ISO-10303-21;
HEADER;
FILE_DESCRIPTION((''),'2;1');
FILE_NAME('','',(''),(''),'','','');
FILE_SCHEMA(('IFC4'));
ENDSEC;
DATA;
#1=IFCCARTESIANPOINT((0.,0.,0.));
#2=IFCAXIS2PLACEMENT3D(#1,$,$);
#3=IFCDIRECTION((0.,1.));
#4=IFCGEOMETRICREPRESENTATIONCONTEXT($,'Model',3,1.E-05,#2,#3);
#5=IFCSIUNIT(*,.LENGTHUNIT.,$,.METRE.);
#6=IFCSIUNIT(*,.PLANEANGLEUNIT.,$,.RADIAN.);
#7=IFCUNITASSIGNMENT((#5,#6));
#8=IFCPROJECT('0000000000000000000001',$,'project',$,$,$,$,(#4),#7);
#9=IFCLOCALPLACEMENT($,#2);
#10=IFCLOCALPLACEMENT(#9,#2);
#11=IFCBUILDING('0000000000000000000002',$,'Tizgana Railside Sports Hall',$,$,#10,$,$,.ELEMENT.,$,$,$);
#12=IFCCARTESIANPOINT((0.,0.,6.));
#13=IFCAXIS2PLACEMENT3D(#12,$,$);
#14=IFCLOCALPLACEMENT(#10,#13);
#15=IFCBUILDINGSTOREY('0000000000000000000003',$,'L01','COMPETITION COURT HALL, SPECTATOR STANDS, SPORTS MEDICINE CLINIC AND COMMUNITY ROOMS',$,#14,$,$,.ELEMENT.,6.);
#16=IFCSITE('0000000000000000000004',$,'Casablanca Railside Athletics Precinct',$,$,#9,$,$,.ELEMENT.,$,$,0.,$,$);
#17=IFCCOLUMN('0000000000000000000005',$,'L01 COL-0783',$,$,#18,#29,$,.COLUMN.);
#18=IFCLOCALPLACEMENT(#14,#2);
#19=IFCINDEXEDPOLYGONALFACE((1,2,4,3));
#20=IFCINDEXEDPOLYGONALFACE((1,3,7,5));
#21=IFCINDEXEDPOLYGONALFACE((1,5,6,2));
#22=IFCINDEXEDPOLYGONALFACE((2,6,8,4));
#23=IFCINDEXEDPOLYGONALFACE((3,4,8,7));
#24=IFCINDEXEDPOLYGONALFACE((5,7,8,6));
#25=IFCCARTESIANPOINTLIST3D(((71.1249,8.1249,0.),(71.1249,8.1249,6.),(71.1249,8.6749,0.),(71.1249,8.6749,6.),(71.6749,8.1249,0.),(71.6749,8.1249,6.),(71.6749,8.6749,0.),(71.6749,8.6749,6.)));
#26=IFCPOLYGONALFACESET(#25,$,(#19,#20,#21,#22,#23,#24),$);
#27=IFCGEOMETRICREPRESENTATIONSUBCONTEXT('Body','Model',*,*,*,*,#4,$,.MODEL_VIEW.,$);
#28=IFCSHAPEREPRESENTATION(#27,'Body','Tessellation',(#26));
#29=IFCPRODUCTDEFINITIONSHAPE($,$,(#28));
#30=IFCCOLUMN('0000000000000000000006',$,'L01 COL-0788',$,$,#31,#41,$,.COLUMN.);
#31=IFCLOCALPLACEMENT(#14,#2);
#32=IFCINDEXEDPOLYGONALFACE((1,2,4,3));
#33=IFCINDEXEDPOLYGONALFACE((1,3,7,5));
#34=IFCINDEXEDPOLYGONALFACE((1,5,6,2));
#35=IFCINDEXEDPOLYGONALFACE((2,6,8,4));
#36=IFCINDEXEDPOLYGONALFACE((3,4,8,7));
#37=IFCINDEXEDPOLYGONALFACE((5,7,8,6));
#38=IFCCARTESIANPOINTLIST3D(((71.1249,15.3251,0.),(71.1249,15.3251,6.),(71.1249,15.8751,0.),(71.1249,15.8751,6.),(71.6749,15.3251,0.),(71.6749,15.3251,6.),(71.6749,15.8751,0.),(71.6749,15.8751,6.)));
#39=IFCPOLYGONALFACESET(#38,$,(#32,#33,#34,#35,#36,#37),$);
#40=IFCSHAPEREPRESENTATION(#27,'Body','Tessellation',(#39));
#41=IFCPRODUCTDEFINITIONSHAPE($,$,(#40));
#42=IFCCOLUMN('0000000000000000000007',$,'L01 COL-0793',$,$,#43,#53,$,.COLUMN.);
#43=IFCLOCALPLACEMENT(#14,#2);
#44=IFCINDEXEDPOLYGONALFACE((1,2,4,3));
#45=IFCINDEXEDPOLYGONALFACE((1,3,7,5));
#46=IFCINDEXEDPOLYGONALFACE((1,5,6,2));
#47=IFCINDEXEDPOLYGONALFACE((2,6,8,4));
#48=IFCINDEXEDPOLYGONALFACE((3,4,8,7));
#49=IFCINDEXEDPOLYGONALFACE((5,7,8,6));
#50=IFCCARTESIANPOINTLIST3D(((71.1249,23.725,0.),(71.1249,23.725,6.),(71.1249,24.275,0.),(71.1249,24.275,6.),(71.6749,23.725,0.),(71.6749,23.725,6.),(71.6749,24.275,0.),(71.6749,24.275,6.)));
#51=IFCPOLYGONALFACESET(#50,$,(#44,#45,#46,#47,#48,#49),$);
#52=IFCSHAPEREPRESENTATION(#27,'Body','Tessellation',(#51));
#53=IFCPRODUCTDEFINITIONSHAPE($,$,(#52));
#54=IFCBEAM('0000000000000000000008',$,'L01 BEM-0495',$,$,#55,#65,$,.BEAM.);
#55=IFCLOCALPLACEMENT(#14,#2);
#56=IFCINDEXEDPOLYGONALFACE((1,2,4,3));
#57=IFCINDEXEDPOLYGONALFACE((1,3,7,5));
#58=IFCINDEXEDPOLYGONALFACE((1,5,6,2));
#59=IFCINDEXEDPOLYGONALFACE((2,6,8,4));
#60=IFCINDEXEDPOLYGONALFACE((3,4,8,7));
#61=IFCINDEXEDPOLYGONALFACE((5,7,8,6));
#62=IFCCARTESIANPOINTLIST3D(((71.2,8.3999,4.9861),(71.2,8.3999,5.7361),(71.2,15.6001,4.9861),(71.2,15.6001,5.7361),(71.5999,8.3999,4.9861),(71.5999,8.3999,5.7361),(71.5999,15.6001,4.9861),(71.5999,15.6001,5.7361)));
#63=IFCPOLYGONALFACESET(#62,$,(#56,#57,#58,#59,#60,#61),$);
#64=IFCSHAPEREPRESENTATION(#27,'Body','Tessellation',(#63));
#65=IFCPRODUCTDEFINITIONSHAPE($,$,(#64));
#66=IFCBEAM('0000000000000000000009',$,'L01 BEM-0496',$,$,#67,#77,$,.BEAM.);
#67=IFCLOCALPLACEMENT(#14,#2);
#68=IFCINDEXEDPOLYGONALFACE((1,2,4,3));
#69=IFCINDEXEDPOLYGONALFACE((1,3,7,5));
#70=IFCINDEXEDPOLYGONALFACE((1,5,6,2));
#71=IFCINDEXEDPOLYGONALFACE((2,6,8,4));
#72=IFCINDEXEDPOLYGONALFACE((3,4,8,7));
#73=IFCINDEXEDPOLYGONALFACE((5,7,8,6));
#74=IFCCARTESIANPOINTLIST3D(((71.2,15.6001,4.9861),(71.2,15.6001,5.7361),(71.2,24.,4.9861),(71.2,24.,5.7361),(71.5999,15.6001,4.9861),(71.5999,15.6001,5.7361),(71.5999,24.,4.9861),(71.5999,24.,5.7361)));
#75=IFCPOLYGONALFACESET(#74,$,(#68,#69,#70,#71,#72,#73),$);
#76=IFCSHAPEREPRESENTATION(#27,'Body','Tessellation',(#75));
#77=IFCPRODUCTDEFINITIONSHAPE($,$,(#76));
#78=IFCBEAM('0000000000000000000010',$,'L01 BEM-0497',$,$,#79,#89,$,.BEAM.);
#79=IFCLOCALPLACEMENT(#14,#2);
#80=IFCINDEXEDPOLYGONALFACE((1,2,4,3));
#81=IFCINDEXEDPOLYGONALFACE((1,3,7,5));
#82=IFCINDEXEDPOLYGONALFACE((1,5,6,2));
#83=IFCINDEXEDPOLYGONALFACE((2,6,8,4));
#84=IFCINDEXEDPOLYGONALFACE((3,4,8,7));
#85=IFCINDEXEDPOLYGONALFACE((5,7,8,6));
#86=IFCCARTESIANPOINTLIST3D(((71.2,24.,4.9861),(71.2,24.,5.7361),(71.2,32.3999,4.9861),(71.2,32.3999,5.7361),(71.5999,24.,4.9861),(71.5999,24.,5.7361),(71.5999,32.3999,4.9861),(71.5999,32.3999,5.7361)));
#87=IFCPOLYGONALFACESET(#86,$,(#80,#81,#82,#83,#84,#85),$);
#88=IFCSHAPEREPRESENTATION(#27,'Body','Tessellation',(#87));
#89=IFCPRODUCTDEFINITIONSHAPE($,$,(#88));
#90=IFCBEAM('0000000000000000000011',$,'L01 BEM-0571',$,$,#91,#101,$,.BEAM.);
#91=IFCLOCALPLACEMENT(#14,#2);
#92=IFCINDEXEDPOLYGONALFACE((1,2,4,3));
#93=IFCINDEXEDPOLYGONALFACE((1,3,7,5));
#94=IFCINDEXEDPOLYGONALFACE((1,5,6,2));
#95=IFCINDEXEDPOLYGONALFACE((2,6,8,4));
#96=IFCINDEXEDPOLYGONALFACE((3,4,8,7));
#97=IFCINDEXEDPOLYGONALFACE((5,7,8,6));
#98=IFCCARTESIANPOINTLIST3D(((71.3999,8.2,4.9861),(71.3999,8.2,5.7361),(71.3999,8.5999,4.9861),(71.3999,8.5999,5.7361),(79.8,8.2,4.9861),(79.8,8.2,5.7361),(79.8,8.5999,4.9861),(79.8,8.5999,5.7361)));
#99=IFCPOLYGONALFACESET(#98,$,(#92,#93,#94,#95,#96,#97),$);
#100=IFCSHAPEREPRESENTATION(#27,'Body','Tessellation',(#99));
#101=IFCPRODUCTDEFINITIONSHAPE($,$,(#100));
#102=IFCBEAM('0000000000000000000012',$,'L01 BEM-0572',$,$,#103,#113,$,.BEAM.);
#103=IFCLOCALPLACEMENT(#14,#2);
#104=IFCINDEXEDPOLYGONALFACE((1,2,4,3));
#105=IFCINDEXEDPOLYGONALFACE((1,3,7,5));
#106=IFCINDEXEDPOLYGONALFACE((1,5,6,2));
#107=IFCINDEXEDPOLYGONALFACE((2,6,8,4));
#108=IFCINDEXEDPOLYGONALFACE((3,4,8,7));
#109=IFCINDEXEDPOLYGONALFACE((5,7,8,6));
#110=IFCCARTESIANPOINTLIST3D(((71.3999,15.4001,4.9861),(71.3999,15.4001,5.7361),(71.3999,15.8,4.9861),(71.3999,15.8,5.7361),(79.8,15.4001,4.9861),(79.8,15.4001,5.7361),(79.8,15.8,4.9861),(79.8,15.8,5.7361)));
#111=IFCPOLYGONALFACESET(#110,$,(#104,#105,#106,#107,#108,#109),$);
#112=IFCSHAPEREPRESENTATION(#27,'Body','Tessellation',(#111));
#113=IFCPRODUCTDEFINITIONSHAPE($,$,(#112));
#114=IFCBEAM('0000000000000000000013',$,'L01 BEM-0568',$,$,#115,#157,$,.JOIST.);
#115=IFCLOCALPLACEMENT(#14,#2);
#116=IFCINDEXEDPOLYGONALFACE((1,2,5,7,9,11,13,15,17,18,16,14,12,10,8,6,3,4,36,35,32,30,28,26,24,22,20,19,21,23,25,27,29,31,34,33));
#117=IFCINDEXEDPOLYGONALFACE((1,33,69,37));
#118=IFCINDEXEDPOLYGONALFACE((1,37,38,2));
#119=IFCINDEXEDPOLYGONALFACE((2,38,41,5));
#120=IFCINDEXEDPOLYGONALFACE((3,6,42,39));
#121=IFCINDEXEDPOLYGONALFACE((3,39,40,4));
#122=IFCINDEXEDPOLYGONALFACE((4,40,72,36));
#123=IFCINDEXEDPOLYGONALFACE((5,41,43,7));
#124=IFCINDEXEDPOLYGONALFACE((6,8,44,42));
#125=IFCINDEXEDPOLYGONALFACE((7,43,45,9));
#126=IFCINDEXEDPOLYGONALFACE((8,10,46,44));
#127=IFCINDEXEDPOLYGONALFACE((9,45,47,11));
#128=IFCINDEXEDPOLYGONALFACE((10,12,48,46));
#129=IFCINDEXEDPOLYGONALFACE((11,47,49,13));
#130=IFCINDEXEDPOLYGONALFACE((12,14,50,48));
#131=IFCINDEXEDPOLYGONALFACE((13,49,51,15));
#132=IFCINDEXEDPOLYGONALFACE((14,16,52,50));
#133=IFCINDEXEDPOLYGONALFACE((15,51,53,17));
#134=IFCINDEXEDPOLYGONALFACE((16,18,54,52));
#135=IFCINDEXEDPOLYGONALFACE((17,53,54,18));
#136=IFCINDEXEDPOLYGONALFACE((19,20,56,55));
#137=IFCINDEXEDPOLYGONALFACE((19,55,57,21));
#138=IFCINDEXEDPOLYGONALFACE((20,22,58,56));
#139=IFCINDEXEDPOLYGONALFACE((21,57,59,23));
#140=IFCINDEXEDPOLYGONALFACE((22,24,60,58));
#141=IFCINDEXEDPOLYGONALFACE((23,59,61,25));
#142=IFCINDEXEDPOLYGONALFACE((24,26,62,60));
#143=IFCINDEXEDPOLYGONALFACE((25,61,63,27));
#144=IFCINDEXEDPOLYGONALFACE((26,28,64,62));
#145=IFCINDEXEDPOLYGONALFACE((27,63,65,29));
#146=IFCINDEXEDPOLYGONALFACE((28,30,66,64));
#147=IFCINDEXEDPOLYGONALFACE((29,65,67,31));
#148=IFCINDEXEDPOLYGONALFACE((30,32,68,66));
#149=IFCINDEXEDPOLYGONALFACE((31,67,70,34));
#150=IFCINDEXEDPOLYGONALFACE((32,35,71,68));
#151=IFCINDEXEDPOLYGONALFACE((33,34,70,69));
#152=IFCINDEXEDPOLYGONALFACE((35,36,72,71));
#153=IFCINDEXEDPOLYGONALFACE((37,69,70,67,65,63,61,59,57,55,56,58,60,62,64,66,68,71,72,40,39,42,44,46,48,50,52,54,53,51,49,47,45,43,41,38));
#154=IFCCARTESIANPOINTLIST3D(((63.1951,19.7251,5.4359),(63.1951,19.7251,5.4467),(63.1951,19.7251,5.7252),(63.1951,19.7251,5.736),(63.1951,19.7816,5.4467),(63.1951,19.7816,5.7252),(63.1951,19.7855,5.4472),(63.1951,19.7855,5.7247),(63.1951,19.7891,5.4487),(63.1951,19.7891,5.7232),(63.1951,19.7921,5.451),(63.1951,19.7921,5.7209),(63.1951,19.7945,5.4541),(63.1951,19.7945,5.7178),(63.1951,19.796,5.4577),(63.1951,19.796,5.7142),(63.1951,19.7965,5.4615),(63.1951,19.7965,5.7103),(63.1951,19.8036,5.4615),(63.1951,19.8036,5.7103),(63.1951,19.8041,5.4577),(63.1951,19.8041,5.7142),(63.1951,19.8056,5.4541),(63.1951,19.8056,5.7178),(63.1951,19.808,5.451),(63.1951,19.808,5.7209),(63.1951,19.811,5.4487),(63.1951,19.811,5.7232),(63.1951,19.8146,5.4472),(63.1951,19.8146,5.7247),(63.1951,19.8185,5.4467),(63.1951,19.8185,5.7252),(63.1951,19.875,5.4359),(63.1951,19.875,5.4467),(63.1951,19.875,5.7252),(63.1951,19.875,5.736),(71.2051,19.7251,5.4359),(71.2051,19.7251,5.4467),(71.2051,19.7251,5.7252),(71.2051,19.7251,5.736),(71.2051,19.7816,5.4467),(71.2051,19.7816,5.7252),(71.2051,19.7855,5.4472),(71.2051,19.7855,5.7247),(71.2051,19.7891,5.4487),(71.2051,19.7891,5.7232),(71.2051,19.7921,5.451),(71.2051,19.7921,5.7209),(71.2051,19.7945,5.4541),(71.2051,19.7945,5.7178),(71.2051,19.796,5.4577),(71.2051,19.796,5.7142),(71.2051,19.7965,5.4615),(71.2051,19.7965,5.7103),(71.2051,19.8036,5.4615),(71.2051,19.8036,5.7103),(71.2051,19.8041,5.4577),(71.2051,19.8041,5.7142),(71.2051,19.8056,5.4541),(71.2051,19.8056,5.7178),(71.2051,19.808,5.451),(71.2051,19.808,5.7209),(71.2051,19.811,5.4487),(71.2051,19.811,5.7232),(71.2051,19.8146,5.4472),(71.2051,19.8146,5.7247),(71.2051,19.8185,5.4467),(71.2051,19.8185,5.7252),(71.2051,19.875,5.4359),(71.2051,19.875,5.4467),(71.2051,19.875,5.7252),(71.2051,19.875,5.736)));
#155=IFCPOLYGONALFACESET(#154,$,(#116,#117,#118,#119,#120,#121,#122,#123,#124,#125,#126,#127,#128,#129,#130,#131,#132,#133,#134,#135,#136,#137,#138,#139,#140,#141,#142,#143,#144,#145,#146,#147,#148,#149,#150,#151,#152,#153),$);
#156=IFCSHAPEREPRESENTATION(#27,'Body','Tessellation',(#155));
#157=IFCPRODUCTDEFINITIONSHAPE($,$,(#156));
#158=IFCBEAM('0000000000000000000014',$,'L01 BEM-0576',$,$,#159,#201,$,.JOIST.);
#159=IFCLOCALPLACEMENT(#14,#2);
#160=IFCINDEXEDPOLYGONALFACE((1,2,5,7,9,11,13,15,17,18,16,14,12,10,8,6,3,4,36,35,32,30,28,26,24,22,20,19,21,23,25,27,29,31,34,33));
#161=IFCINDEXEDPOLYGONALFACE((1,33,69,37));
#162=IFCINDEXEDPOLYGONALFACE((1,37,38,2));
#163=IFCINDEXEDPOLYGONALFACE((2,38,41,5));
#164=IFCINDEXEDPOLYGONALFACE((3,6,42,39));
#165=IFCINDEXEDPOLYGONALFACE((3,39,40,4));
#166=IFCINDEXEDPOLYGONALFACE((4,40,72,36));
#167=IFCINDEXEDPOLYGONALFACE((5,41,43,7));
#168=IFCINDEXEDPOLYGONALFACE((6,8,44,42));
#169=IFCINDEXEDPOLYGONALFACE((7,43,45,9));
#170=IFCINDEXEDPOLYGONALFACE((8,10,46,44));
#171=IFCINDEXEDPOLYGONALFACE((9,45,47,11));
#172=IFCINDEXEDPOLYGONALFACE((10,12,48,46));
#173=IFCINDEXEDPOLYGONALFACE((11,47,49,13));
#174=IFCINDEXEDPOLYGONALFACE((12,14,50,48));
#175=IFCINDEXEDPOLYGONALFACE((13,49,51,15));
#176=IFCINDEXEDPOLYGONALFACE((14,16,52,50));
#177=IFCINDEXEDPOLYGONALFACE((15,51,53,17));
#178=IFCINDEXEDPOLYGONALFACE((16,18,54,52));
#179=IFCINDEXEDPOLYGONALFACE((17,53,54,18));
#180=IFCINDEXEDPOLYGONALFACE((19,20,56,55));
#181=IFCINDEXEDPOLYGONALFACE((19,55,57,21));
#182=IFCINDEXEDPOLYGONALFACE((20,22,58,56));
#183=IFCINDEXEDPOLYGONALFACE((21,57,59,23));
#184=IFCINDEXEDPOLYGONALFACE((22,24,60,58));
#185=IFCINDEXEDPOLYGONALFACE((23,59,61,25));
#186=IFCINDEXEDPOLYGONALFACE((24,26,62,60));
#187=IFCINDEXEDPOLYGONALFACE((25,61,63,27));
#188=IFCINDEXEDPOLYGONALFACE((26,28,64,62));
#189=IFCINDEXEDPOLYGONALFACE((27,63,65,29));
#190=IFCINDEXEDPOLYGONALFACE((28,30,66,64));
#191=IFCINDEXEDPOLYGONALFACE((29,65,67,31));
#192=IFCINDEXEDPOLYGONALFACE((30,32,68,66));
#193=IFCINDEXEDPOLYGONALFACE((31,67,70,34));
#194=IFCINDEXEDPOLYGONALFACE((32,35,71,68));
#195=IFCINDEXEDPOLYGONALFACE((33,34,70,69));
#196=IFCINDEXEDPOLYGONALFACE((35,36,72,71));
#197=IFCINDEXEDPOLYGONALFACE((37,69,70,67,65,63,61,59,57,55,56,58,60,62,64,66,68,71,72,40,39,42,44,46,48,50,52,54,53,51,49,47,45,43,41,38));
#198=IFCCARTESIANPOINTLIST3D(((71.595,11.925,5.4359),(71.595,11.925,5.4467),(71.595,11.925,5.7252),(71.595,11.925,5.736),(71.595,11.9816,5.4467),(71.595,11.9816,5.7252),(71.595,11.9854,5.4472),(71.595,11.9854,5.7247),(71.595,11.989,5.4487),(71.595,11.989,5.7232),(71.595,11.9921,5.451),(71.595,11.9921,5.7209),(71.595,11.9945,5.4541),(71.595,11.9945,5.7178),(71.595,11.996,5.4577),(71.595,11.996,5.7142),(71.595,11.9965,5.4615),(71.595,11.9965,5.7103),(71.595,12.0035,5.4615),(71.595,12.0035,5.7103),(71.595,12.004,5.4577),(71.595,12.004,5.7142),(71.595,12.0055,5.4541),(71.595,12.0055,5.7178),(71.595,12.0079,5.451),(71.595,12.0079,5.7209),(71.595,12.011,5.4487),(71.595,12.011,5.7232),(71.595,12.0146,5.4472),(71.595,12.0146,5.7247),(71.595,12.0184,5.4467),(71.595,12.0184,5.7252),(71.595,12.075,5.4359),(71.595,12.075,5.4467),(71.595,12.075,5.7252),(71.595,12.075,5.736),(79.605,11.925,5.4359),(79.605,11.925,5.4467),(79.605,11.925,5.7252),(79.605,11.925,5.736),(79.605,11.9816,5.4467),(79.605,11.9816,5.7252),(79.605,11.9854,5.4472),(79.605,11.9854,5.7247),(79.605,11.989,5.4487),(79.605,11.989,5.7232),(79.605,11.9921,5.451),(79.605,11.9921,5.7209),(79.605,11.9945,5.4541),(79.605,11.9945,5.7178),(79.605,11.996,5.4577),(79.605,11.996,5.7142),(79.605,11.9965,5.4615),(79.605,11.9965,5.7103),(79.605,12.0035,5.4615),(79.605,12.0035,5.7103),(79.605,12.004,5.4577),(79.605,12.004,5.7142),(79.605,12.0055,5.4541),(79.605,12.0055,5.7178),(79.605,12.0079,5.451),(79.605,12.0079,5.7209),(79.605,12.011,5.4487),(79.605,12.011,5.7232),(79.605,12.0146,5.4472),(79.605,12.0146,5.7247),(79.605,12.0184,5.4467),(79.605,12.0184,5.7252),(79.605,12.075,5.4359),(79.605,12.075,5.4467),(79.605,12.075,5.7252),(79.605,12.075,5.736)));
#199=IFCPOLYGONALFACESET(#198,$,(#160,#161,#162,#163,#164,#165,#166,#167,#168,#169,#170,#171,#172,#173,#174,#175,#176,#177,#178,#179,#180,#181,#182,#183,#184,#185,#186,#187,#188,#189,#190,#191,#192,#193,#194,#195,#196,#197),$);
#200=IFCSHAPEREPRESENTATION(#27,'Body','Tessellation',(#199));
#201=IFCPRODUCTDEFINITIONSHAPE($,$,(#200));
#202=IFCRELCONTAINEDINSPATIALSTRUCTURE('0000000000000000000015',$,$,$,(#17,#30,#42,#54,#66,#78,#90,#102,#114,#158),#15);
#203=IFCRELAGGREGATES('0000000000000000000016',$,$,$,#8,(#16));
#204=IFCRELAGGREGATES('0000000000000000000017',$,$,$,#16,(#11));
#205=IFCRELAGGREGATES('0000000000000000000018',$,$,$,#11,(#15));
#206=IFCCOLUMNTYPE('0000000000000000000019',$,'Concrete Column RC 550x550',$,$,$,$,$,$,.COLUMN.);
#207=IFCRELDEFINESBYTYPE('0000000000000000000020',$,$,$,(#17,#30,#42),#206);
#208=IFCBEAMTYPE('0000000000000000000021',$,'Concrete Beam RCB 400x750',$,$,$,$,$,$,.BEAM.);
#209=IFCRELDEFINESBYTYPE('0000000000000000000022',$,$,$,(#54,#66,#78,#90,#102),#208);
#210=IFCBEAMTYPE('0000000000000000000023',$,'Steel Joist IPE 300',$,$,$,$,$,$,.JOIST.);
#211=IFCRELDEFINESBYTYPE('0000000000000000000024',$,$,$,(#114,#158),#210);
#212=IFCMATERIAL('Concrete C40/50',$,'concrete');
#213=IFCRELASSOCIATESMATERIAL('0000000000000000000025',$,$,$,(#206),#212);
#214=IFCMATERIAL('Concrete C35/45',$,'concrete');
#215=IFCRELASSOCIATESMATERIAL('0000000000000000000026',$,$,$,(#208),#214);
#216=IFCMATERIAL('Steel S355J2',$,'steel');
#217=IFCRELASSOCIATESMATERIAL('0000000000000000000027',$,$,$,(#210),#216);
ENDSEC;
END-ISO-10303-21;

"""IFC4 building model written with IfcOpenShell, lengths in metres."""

from ifc_helpers import new_model, si_unit, direction, frame, origin, origin_2d, place, context, subcontext, project, spatial, rectangle, i_section, extrude, material, material_profile, profile_set, type_object, element, save


model = new_model("IFC4")

# Units and contexts
model_context = context("Model", 3, precision=1e-05, world=origin(), true_north=direction((0.0, 1.0)))
body_context = subcontext(model_context, "Body", "Model", "MODEL_VIEW")
ifc_project = project(units=[si_unit("LENGTHUNIT", "METRE"), si_unit("PLANEANGLEUNIT", "RADIAN")], contexts=[model_context])

# Site, building, storey
site_placement = place(None, origin())
site = spatial("IfcSite", under=ifc_project, at=site_placement, Name="Casablanca Railside Athletics Precinct", CompositionType="ELEMENT", RefElevation=0.0)
building_placement = place(site_placement, origin())
building = spatial("IfcBuilding", under=site, at=building_placement, Name="Tizgana Railside Sports Hall", CompositionType="ELEMENT")
storey_placement = place(building_placement, frame((0.0, 0.0, 6.0)))
storey = spatial("IfcBuildingStorey", under=building, at=storey_placement, Name="L01", Description="COMPETITION COURT HALL, SPECTATOR STANDS, SPORTS MEDICINE CLINIC AND COMMUNITY ROOMS", CompositionType="ELEMENT", Elevation=6.0)

# Columns
ifc_material_1 = material(Name="Concrete C40/50", Category="concrete")
ifc_material_profile_1 = material_profile(ifc_material_1, rectangle(XDim=0.55, YDim=0.55, at=origin_2d()), Name="RC 550x550")
ifc_profile_set_1 = profile_set([ifc_material_profile_1], Name="Concrete C40/50")
column_type = type_object("IfcColumnType", Name="Concrete Column RC 550x550", PredefinedType="COLUMN", material=ifc_profile_set_1)
for number, where, z_axis, x_axis, name in (
    (1, (71.3999, 8.3999, 0.0), (0.0, 0.0, 1.0), (1.0, 0.0, 0.0), "L01 COL-0783"),
    (2, (71.3999, 15.6001, 0.0), (0.0, 0.0, 1.0), (1.0, 0.0, 0.0), "L01 COL-0788"),
    (3, (71.3999, 24.0, 0.0), (0.0, 0.0, 1.0), (1.0, 0.0, 0.0), "L01 COL-0793"),
):
    element("IfcColumn", number, at=place(storey_placement, frame(where, z_axis=z_axis, x_axis=x_axis)), inside=storey, type_object=column_type, Name=name, PredefinedType="COLUMN", context=body_context, shape_type="SweptSolid", body=[
        extrude(rectangle(XDim=0.55, YDim=0.55, at=origin_2d()), origin(), (0.0, 0.0, 1.0), 6.0),
    ])

# Beams
ifc_material_2 = material(Name="Concrete C35/45", Category="concrete")
ifc_material_profile_2 = material_profile(ifc_material_2, rectangle(XDim=0.3999, YDim=0.75, at=origin_2d()), Name="RCB 400x750")
ifc_profile_set_2 = profile_set([ifc_material_profile_2], Name="Concrete C35/45")
beam_type_1 = type_object("IfcBeamType", Name="Concrete Beam RCB 400x750", PredefinedType="BEAM", material=ifc_profile_set_2)
beam_placement = place(storey_placement, frame((71.3999, 8.3999, 5.3611), z_axis=(0.0, 1.0, 0.0), x_axis=(-1.0, 0.0, 0.0)))
element("IfcBeam", 4, at=beam_placement, inside=storey, type_object=beam_type_1, Name="L01 BEM-0495", PredefinedType="BEAM", context=body_context, shape_type="SweptSolid", body=[
    extrude(rectangle(XDim=0.3999, YDim=0.75, at=origin_2d()), origin(), (0.0, 0.0, 1.0), 7.2002),
])
for number, where, z_axis, x_axis, name in (
    (5, (71.3999, 15.6001, 5.3611), (0.0, 1.0, 0.0), (-1.0, 0.0, 0.0), "L01 BEM-0496"),
    (6, (71.3999, 24.0, 5.3611), (0.0, 1.0, 0.0), (-1.0, 0.0, 0.0), "L01 BEM-0497"),
):
    element("IfcBeam", number, at=place(storey_placement, frame(where, z_axis=z_axis, x_axis=x_axis)), inside=storey, type_object=beam_type_1, Name=name, PredefinedType="BEAM", context=body_context, shape_type="SweptSolid", body=[
        extrude(rectangle(XDim=0.3999, YDim=0.75, at=origin_2d()), origin(), (0.0, 0.0, 1.0), 8.3999),
    ])
for number, where, z_axis, x_axis, name in (
    (7, (71.3999, 8.3999, 5.3611), (1.0, 0.0, 0.0), (0.0, 1.0, 0.0), "L01 BEM-0571"),
    (8, (71.3999, 15.6001, 5.3611), (1.0, 0.0, 0.0), (0.0, 1.0, 0.0), "L01 BEM-0572"),
):
    element("IfcBeam", number, at=place(storey_placement, frame(where, z_axis=z_axis, x_axis=x_axis)), inside=storey, type_object=beam_type_1, Name=name, PredefinedType="BEAM", context=body_context, shape_type="SweptSolid", body=[
        extrude(rectangle(XDim=0.3999, YDim=0.75, at=origin_2d()), origin(), (0.0, 0.0, 1.0), 8.4001),
    ])
ifc_material_3 = material(Name="Steel S355J2", Category="steel")
ifc_material_profile_3 = material_profile(ifc_material_3, i_section(OverallWidth=0.1499, OverallDepth=0.3, WebThickness=0.0071, FlangeThickness=0.0107, FilletRadius=0.0149, at=origin_2d()), Name="IPE 300")
ifc_profile_set_3 = profile_set([ifc_material_profile_3], Name="Steel S355J2")
beam_type_2 = type_object("IfcBeamType", Name="Steel Joist IPE 300", PredefinedType="JOIST", material=ifc_profile_set_3)
for number, where, z_axis, x_axis, name in (
    (9, (63.1951, 19.8, 5.5859), (1.0, 0.0, 0.0), (0.0, 1.0, 0.0), "L01 BEM-0568"),
    (10, (71.595, 12.0, 5.5859), (1.0, 0.0, 0.0), (0.0, 1.0, 0.0), "L01 BEM-0576"),
):
    element("IfcBeam", number, at=place(storey_placement, frame(where, z_axis=z_axis, x_axis=x_axis)), inside=storey, type_object=beam_type_2, Name=name, PredefinedType="JOIST", context=body_context, shape_type="SweptSolid", body=[
        extrude(i_section(OverallWidth=0.1499, OverallDepth=0.3, WebThickness=0.0071, FlangeThickness=0.0107, FilletRadius=0.0149, at=origin_2d()), origin(), (0.0, 0.0, 1.0), 8.01),
    ])

save(model, "model.ifc")
